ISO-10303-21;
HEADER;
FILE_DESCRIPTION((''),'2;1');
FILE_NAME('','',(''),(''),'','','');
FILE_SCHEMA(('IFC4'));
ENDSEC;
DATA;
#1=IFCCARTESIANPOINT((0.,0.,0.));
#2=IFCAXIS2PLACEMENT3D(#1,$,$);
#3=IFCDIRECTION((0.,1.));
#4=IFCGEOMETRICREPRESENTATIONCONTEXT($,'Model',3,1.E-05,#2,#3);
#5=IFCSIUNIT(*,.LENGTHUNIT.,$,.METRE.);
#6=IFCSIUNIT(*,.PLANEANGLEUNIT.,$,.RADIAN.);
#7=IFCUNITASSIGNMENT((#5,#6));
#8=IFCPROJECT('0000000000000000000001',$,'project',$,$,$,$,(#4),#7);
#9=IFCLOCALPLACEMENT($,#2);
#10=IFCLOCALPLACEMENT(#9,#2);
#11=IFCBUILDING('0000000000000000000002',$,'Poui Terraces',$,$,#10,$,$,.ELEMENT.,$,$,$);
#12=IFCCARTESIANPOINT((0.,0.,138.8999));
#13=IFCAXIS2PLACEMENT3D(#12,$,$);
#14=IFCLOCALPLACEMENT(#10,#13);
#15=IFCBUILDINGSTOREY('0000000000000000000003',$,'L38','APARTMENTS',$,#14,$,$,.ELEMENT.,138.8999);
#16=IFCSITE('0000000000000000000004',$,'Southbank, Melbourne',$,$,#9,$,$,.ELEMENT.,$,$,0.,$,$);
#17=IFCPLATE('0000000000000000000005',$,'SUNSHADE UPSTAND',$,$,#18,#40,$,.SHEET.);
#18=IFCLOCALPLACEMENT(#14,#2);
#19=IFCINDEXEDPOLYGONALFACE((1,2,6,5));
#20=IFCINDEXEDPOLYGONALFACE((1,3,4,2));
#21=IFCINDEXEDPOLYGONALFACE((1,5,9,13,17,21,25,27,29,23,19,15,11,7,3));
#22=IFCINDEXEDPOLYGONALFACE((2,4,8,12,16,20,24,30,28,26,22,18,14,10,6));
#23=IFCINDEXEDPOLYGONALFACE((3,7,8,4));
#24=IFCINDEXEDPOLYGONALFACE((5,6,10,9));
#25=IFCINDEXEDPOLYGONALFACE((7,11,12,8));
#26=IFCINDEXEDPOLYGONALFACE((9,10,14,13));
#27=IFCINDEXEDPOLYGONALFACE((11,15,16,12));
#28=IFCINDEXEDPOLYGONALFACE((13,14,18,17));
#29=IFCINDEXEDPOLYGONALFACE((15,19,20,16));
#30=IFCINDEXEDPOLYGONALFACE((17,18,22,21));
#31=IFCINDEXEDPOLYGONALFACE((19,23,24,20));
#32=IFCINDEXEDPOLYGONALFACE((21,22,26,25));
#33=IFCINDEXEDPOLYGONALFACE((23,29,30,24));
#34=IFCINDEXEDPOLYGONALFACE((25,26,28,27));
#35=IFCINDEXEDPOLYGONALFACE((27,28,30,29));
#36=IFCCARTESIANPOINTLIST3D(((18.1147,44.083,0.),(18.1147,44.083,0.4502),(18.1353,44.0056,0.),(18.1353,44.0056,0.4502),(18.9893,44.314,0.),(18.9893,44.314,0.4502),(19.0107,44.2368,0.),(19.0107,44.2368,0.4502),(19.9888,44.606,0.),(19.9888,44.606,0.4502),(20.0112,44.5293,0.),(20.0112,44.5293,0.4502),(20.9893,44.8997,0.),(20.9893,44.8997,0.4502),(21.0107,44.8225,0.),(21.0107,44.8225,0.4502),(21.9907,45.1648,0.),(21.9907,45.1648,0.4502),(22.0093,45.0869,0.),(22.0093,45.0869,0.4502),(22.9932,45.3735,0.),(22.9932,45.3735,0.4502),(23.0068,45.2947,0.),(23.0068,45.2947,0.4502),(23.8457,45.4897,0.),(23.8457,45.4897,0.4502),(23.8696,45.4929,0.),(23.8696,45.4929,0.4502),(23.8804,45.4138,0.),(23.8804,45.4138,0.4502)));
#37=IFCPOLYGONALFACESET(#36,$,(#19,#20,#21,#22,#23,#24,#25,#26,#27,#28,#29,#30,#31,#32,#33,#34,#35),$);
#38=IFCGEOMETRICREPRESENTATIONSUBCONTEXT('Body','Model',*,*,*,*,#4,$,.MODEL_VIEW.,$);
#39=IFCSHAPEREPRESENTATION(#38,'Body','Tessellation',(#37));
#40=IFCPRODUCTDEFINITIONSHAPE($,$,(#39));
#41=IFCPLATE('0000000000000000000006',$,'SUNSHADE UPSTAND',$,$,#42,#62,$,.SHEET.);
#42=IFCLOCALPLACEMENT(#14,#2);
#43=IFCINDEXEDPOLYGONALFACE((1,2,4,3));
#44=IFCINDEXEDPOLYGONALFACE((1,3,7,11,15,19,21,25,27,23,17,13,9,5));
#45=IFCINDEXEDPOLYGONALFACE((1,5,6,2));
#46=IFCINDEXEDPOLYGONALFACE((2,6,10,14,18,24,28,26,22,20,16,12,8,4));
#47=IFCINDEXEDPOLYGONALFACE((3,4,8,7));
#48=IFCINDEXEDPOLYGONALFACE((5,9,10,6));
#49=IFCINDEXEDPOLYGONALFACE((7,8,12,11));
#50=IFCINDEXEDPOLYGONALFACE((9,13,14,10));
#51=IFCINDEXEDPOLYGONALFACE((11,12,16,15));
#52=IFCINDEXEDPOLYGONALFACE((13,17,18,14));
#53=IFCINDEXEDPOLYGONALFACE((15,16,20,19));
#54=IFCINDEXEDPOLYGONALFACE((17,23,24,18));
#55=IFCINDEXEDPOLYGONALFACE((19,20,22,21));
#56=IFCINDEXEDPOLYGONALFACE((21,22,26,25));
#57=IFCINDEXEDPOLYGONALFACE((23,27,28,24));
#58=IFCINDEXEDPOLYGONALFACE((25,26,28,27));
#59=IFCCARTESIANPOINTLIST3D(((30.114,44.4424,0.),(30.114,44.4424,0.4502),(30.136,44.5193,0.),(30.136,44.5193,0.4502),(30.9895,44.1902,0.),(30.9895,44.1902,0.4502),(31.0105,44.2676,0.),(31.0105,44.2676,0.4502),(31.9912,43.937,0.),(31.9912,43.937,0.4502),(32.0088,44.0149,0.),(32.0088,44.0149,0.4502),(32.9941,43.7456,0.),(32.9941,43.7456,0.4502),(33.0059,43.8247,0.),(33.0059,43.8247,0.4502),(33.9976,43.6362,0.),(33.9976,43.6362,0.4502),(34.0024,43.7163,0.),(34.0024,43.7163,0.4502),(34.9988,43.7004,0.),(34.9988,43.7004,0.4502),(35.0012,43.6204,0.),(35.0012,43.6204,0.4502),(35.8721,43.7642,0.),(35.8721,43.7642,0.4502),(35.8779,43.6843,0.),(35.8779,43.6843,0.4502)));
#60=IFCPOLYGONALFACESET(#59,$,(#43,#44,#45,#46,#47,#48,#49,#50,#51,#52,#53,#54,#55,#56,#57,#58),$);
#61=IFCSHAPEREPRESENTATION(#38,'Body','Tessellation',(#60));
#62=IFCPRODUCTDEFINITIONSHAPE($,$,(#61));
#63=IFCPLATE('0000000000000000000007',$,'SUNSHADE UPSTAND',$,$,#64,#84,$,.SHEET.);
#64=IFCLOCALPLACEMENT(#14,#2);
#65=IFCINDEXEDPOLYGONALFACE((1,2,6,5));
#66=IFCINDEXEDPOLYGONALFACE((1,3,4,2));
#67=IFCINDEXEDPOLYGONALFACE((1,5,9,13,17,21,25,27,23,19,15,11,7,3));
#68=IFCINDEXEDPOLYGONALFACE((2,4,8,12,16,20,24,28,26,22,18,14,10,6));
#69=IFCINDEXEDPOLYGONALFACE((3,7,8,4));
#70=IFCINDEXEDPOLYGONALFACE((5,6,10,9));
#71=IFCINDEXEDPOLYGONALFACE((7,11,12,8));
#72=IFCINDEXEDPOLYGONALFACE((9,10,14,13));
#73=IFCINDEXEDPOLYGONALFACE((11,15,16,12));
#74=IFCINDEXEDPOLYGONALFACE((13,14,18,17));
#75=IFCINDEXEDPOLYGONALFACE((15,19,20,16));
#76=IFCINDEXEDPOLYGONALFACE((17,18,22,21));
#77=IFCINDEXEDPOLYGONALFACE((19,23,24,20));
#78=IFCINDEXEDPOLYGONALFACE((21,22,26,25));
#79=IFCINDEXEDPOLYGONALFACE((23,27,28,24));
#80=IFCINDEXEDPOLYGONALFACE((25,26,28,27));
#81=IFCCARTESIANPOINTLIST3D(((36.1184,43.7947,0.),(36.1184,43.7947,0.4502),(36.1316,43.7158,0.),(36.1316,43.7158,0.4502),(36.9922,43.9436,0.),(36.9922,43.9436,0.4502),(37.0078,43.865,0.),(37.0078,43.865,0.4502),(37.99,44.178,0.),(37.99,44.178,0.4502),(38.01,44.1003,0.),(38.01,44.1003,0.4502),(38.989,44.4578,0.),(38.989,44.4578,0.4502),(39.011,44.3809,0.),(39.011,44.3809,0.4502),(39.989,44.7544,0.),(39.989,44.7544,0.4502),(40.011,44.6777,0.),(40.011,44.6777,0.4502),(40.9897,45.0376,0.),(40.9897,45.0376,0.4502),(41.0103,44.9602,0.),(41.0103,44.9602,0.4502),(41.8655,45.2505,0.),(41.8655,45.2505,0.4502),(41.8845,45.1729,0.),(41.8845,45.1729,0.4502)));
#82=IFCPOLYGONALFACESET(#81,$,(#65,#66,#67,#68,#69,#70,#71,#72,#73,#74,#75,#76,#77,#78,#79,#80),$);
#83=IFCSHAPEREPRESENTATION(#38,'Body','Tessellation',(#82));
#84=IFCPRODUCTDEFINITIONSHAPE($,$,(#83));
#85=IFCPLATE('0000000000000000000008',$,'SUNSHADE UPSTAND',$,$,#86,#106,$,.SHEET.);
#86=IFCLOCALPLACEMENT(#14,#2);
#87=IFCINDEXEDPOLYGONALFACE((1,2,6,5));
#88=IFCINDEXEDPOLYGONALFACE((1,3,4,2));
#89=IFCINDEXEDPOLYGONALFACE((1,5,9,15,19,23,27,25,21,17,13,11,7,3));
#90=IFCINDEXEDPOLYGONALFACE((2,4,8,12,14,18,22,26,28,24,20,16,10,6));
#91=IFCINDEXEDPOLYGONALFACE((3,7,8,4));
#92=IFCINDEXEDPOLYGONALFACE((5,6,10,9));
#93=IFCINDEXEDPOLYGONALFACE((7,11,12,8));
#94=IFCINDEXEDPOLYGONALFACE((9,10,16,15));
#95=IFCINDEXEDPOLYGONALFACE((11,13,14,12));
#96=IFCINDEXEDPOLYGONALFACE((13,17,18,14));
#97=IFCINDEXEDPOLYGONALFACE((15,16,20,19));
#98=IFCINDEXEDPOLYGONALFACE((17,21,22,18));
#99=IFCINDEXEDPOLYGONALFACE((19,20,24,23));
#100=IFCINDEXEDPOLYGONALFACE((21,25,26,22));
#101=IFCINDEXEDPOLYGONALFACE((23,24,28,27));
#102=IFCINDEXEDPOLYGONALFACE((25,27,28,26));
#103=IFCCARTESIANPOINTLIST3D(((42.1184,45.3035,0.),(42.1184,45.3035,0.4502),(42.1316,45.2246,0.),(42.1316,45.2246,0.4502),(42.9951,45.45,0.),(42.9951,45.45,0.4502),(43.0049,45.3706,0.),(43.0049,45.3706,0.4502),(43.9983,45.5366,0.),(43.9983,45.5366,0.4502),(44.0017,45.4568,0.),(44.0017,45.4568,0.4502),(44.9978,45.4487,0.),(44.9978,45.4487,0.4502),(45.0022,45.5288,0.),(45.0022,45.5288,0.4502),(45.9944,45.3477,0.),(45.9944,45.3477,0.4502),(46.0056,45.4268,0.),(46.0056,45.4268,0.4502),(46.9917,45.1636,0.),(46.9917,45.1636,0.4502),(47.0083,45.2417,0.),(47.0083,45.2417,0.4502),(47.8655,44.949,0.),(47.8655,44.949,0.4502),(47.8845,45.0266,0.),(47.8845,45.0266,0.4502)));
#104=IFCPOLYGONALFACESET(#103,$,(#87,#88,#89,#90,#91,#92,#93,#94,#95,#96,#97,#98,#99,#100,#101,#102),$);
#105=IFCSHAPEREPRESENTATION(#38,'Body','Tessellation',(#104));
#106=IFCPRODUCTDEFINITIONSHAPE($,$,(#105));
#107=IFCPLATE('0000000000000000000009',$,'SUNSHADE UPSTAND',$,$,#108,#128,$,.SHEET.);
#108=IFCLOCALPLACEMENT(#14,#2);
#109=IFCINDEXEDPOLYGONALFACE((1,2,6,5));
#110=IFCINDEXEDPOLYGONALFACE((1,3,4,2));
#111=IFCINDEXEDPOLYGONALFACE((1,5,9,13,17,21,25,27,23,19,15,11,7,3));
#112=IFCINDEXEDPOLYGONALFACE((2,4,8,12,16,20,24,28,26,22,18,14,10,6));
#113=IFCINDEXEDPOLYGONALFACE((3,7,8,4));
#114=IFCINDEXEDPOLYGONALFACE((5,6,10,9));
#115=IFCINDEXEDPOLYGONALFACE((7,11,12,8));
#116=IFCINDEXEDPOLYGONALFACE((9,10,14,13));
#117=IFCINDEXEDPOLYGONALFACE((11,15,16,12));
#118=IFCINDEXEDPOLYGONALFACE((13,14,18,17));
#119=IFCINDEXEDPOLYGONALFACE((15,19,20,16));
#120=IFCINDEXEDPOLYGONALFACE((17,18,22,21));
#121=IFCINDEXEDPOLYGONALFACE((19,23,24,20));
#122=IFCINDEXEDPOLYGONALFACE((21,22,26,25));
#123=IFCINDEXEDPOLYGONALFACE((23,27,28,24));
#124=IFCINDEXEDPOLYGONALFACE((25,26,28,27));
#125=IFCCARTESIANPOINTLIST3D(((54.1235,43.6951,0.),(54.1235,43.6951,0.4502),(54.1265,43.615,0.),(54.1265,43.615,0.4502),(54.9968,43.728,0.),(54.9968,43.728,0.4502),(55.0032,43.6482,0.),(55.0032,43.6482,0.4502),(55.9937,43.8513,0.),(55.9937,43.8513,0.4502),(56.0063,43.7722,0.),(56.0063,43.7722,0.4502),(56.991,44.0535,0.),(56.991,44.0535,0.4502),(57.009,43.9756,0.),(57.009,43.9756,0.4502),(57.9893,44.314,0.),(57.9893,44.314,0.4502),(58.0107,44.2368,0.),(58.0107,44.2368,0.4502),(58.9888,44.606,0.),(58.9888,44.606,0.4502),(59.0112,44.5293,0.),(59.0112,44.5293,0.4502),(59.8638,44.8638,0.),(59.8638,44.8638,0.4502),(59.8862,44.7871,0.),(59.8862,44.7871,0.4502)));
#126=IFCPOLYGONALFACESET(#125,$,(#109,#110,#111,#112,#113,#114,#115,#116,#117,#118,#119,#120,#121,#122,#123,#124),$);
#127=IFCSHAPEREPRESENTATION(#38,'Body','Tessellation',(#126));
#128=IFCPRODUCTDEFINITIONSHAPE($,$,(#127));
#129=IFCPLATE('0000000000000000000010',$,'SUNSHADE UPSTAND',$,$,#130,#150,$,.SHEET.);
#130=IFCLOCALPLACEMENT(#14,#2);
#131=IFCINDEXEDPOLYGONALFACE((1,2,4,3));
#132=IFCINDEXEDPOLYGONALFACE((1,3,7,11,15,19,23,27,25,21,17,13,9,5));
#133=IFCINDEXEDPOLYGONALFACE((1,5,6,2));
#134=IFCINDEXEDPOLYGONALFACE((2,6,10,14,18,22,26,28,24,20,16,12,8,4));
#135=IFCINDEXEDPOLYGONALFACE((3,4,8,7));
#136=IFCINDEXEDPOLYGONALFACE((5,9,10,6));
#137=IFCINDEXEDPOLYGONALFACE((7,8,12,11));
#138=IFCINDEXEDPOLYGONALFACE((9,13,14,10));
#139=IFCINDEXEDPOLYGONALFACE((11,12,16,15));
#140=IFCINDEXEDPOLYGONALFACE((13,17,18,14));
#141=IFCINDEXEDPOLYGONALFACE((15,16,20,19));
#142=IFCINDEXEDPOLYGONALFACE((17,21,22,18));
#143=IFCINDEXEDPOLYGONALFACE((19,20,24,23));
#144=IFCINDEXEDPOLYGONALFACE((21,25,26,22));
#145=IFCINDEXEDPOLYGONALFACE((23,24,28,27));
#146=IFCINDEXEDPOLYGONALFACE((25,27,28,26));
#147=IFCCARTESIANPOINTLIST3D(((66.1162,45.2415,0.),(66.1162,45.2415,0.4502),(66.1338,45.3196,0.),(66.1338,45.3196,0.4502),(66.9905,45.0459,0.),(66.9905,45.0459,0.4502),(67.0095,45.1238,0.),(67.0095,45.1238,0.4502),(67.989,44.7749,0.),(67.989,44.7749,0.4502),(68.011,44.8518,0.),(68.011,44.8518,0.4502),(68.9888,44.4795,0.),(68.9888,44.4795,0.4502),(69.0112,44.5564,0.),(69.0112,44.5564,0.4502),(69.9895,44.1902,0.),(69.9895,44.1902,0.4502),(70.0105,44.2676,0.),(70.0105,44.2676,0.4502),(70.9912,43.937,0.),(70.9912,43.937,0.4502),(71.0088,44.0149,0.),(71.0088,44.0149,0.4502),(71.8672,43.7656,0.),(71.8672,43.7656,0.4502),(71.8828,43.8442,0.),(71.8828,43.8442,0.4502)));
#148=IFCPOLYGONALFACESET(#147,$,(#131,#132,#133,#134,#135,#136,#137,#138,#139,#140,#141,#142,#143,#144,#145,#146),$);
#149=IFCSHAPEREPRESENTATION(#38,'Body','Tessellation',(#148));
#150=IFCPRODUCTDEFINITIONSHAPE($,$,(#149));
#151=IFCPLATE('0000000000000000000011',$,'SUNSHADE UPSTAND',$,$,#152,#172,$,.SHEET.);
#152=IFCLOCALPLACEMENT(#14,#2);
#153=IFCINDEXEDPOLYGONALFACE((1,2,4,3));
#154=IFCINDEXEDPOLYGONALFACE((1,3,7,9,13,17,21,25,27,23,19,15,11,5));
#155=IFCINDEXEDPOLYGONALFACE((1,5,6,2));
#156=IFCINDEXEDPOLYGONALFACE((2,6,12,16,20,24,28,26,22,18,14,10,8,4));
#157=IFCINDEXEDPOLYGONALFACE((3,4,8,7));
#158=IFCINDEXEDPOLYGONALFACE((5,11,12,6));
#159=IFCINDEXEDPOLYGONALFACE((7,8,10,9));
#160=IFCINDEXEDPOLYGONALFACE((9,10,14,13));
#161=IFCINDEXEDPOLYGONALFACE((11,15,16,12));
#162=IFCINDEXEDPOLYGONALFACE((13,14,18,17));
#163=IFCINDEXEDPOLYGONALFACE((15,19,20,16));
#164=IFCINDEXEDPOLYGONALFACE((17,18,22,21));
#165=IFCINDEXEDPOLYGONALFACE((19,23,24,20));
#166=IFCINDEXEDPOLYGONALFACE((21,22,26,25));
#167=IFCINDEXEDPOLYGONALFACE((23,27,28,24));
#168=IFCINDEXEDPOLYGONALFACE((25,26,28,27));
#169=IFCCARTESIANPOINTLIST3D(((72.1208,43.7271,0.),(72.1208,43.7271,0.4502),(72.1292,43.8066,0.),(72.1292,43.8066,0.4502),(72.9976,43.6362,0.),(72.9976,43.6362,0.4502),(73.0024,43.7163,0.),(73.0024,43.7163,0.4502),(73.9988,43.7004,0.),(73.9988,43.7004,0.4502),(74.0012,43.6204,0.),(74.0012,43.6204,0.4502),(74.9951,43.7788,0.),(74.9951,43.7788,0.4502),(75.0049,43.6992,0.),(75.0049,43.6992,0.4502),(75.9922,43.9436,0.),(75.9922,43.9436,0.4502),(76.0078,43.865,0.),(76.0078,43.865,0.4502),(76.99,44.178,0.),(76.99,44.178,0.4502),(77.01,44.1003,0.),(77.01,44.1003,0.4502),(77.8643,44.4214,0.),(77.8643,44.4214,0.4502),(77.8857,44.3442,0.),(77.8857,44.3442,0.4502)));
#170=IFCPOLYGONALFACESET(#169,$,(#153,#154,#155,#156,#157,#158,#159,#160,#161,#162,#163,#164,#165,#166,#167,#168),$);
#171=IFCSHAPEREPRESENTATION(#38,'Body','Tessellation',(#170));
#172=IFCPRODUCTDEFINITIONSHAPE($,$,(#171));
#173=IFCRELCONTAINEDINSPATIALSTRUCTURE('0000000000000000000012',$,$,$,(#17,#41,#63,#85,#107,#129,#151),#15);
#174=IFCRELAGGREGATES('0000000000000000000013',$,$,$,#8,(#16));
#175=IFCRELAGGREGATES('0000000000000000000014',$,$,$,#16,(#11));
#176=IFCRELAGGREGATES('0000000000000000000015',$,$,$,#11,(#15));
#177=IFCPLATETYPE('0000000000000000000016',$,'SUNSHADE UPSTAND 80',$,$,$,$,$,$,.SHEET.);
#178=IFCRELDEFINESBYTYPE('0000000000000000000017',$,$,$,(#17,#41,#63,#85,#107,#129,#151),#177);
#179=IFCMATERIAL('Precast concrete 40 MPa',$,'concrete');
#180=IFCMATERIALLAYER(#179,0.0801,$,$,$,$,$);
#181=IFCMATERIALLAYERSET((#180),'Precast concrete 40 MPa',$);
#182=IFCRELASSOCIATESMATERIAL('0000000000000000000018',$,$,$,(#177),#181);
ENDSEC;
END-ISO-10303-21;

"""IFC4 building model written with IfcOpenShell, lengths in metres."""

from ifc_helpers import new_model, si_unit, direction, frame, origin, place, context, subcontext, project, spatial, polyline, outline, extrude, material, layer, layer_set, type_object, element, save


model = new_model("IFC4")

# Units and contexts
model_context = context("Model", 3, precision=1e-05, world=origin(), true_north=direction((0.0, 1.0)))
body_context = subcontext(model_context, "Body", "Model", "MODEL_VIEW")
ifc_project = project(units=[si_unit("LENGTHUNIT", "METRE"), si_unit("PLANEANGLEUNIT", "RADIAN")], contexts=[model_context])

# Site, building, storey
site_placement = place(None, origin())
site = spatial("IfcSite", under=ifc_project, at=site_placement, Name="Southbank, Melbourne", CompositionType="ELEMENT", RefElevation=0.0)
building_placement = place(site_placement, origin())
building = spatial("IfcBuilding", under=site, at=building_placement, Name="Poui Terraces", CompositionType="ELEMENT")
storey_placement = place(building_placement, frame((0.0, 0.0, 138.8999)))
storey = spatial("IfcBuildingStorey", under=building, at=storey_placement, Name="L38", Description="APARTMENTS", CompositionType="ELEMENT", Elevation=138.8999)

# Shared definitions
ifc_material_1 = material(Name="Precast concrete 40 MPa", Category="concrete")

# Plates
ifc_layer_1 = layer(ifc_material_1, 0.0801)
ifc_layer_set_1 = layer_set([ifc_layer_1], Name="Precast concrete 40 MPa")
plate_type = type_object("IfcPlateType", Name="SUNSHADE UPSTAND 80", PredefinedType="SHEET", material=ifc_layer_set_1)
plate_1_placement = place(storey_placement, origin())
element("IfcPlate", 1, at=plate_1_placement, inside=storey, type_object=plate_type, Name="SUNSHADE UPSTAND", PredefinedType="SHEET", context=body_context, shape_type="SweptSolid", body=[
    extrude(outline(polyline([(18.9893, 44.314), (18.1147, 44.083), (18.1353, 44.0056), (19.0107, 44.2368), (20.0112, 44.5293), (21.0107, 44.8225), (22.0093, 45.0869), (23.0068, 45.2947), (23.8804, 45.4138), (23.8696, 45.4929), (23.8457, 45.4897), (22.9932, 45.3735), (21.9907, 45.1648), (20.9893, 44.8997), (19.9888, 44.606), (18.9893, 44.314)])), origin(), (0.0, 0.0, 1.0), 0.4502),
])
plate_2_placement = place(storey_placement, origin())
element("IfcPlate", 2, at=plate_2_placement, inside=storey, type_object=plate_type, Name="SUNSHADE UPSTAND", PredefinedType="SHEET", context=body_context, shape_type="SweptSolid", body=[
    extrude(outline(polyline([(31.0105, 44.2676), (30.136, 44.5193), (30.114, 44.4424), (30.9895, 44.1902), (31.9912, 43.937), (32.9941, 43.7456), (33.9976, 43.6362), (35.0012, 43.6204), (35.8779, 43.6843), (35.8721, 43.7642), (34.9988, 43.7004), (34.0024, 43.7163), (33.0059, 43.8247), (32.0088, 44.0149), (31.0105, 44.2676)])), origin(), (0.0, 0.0, 1.0), 0.4502),
])
plate_3_placement = place(storey_placement, origin())
element("IfcPlate", 3, at=plate_3_placement, inside=storey, type_object=plate_type, Name="SUNSHADE UPSTAND", PredefinedType="SHEET", context=body_context, shape_type="SweptSolid", body=[
    extrude(outline(polyline([(36.9922, 43.9436), (36.1184, 43.7947), (36.1316, 43.7158), (37.0078, 43.865), (38.01, 44.1003), (39.011, 44.3809), (40.011, 44.6777), (41.0103, 44.9602), (41.8845, 45.1729), (41.8655, 45.2505), (40.9897, 45.0376), (39.989, 44.7544), (38.989, 44.4578), (37.99, 44.178), (36.9922, 43.9436)])), origin(), (0.0, 0.0, 1.0), 0.4502),
])
plate_4_placement = place(storey_placement, origin())
element("IfcPlate", 4, at=plate_4_placement, inside=storey, type_object=plate_type, Name="SUNSHADE UPSTAND", PredefinedType="SHEET", context=body_context, shape_type="SweptSolid", body=[
    extrude(outline(polyline([(42.9951, 45.45), (42.1184, 45.3035), (42.1316, 45.2246), (43.0049, 45.3706), (44.0017, 45.4568), (44.9978, 45.4487), (45.9944, 45.3477), (46.9917, 45.1636), (47.8655, 44.949), (47.8845, 45.0266), (47.0083, 45.2417), (46.0056, 45.4268), (45.0022, 45.5288), (43.9983, 45.5366), (42.9951, 45.45)])), origin(), (0.0, 0.0, 1.0), 0.4502),
])
plate_5_placement = place(storey_placement, origin())
element("IfcPlate", 5, at=plate_5_placement, inside=storey, type_object=plate_type, Name="SUNSHADE UPSTAND", PredefinedType="SHEET", context=body_context, shape_type="SweptSolid", body=[
    extrude(outline(polyline([(54.9968, 43.728), (54.1235, 43.6951), (54.1265, 43.615), (55.0032, 43.6482), (56.0063, 43.7722), (57.009, 43.9756), (58.0107, 44.2368), (59.0112, 44.5293), (59.8862, 44.7871), (59.8638, 44.8638), (58.9888, 44.606), (57.9893, 44.314), (56.991, 44.0535), (55.9937, 43.8513), (54.9968, 43.728)])), origin(), (0.0, 0.0, 1.0), 0.4502),
])
plate_6_placement = place(storey_placement, origin())
element("IfcPlate", 6, at=plate_6_placement, inside=storey, type_object=plate_type, Name="SUNSHADE UPSTAND", PredefinedType="SHEET", context=body_context, shape_type="SweptSolid", body=[
    extrude(outline(polyline([(67.0095, 45.1238), (66.1338, 45.3196), (66.1162, 45.2415), (66.9905, 45.0459), (67.989, 44.7749), (68.9888, 44.4795), (69.9895, 44.1902), (70.9912, 43.937), (71.8672, 43.7656), (71.8828, 43.8442), (71.0088, 44.0149), (70.0105, 44.2676), (69.0112, 44.5564), (68.011, 44.8518), (67.0095, 45.1238)])), origin(), (0.0, 0.0, 1.0), 0.4502),
])
plate_7_placement = place(storey_placement, origin())
element("IfcPlate", 7, at=plate_7_placement, inside=storey, type_object=plate_type, Name="SUNSHADE UPSTAND", PredefinedType="SHEET", context=body_context, shape_type="SweptSolid", body=[
    extrude(outline(polyline([(73.0024, 43.7163), (72.1292, 43.8066), (72.1208, 43.7271), (72.9976, 43.6362), (74.0012, 43.6204), (75.0049, 43.6992), (76.0078, 43.865), (77.01, 44.1003), (77.8857, 44.3442), (77.8643, 44.4214), (76.99, 44.178), (75.9922, 43.9436), (74.9951, 43.7788), (73.9988, 43.7004), (73.0024, 43.7163)])), origin(), (0.0, 0.0, 1.0), 0.4502),
])

save(model, "model.ifc")
